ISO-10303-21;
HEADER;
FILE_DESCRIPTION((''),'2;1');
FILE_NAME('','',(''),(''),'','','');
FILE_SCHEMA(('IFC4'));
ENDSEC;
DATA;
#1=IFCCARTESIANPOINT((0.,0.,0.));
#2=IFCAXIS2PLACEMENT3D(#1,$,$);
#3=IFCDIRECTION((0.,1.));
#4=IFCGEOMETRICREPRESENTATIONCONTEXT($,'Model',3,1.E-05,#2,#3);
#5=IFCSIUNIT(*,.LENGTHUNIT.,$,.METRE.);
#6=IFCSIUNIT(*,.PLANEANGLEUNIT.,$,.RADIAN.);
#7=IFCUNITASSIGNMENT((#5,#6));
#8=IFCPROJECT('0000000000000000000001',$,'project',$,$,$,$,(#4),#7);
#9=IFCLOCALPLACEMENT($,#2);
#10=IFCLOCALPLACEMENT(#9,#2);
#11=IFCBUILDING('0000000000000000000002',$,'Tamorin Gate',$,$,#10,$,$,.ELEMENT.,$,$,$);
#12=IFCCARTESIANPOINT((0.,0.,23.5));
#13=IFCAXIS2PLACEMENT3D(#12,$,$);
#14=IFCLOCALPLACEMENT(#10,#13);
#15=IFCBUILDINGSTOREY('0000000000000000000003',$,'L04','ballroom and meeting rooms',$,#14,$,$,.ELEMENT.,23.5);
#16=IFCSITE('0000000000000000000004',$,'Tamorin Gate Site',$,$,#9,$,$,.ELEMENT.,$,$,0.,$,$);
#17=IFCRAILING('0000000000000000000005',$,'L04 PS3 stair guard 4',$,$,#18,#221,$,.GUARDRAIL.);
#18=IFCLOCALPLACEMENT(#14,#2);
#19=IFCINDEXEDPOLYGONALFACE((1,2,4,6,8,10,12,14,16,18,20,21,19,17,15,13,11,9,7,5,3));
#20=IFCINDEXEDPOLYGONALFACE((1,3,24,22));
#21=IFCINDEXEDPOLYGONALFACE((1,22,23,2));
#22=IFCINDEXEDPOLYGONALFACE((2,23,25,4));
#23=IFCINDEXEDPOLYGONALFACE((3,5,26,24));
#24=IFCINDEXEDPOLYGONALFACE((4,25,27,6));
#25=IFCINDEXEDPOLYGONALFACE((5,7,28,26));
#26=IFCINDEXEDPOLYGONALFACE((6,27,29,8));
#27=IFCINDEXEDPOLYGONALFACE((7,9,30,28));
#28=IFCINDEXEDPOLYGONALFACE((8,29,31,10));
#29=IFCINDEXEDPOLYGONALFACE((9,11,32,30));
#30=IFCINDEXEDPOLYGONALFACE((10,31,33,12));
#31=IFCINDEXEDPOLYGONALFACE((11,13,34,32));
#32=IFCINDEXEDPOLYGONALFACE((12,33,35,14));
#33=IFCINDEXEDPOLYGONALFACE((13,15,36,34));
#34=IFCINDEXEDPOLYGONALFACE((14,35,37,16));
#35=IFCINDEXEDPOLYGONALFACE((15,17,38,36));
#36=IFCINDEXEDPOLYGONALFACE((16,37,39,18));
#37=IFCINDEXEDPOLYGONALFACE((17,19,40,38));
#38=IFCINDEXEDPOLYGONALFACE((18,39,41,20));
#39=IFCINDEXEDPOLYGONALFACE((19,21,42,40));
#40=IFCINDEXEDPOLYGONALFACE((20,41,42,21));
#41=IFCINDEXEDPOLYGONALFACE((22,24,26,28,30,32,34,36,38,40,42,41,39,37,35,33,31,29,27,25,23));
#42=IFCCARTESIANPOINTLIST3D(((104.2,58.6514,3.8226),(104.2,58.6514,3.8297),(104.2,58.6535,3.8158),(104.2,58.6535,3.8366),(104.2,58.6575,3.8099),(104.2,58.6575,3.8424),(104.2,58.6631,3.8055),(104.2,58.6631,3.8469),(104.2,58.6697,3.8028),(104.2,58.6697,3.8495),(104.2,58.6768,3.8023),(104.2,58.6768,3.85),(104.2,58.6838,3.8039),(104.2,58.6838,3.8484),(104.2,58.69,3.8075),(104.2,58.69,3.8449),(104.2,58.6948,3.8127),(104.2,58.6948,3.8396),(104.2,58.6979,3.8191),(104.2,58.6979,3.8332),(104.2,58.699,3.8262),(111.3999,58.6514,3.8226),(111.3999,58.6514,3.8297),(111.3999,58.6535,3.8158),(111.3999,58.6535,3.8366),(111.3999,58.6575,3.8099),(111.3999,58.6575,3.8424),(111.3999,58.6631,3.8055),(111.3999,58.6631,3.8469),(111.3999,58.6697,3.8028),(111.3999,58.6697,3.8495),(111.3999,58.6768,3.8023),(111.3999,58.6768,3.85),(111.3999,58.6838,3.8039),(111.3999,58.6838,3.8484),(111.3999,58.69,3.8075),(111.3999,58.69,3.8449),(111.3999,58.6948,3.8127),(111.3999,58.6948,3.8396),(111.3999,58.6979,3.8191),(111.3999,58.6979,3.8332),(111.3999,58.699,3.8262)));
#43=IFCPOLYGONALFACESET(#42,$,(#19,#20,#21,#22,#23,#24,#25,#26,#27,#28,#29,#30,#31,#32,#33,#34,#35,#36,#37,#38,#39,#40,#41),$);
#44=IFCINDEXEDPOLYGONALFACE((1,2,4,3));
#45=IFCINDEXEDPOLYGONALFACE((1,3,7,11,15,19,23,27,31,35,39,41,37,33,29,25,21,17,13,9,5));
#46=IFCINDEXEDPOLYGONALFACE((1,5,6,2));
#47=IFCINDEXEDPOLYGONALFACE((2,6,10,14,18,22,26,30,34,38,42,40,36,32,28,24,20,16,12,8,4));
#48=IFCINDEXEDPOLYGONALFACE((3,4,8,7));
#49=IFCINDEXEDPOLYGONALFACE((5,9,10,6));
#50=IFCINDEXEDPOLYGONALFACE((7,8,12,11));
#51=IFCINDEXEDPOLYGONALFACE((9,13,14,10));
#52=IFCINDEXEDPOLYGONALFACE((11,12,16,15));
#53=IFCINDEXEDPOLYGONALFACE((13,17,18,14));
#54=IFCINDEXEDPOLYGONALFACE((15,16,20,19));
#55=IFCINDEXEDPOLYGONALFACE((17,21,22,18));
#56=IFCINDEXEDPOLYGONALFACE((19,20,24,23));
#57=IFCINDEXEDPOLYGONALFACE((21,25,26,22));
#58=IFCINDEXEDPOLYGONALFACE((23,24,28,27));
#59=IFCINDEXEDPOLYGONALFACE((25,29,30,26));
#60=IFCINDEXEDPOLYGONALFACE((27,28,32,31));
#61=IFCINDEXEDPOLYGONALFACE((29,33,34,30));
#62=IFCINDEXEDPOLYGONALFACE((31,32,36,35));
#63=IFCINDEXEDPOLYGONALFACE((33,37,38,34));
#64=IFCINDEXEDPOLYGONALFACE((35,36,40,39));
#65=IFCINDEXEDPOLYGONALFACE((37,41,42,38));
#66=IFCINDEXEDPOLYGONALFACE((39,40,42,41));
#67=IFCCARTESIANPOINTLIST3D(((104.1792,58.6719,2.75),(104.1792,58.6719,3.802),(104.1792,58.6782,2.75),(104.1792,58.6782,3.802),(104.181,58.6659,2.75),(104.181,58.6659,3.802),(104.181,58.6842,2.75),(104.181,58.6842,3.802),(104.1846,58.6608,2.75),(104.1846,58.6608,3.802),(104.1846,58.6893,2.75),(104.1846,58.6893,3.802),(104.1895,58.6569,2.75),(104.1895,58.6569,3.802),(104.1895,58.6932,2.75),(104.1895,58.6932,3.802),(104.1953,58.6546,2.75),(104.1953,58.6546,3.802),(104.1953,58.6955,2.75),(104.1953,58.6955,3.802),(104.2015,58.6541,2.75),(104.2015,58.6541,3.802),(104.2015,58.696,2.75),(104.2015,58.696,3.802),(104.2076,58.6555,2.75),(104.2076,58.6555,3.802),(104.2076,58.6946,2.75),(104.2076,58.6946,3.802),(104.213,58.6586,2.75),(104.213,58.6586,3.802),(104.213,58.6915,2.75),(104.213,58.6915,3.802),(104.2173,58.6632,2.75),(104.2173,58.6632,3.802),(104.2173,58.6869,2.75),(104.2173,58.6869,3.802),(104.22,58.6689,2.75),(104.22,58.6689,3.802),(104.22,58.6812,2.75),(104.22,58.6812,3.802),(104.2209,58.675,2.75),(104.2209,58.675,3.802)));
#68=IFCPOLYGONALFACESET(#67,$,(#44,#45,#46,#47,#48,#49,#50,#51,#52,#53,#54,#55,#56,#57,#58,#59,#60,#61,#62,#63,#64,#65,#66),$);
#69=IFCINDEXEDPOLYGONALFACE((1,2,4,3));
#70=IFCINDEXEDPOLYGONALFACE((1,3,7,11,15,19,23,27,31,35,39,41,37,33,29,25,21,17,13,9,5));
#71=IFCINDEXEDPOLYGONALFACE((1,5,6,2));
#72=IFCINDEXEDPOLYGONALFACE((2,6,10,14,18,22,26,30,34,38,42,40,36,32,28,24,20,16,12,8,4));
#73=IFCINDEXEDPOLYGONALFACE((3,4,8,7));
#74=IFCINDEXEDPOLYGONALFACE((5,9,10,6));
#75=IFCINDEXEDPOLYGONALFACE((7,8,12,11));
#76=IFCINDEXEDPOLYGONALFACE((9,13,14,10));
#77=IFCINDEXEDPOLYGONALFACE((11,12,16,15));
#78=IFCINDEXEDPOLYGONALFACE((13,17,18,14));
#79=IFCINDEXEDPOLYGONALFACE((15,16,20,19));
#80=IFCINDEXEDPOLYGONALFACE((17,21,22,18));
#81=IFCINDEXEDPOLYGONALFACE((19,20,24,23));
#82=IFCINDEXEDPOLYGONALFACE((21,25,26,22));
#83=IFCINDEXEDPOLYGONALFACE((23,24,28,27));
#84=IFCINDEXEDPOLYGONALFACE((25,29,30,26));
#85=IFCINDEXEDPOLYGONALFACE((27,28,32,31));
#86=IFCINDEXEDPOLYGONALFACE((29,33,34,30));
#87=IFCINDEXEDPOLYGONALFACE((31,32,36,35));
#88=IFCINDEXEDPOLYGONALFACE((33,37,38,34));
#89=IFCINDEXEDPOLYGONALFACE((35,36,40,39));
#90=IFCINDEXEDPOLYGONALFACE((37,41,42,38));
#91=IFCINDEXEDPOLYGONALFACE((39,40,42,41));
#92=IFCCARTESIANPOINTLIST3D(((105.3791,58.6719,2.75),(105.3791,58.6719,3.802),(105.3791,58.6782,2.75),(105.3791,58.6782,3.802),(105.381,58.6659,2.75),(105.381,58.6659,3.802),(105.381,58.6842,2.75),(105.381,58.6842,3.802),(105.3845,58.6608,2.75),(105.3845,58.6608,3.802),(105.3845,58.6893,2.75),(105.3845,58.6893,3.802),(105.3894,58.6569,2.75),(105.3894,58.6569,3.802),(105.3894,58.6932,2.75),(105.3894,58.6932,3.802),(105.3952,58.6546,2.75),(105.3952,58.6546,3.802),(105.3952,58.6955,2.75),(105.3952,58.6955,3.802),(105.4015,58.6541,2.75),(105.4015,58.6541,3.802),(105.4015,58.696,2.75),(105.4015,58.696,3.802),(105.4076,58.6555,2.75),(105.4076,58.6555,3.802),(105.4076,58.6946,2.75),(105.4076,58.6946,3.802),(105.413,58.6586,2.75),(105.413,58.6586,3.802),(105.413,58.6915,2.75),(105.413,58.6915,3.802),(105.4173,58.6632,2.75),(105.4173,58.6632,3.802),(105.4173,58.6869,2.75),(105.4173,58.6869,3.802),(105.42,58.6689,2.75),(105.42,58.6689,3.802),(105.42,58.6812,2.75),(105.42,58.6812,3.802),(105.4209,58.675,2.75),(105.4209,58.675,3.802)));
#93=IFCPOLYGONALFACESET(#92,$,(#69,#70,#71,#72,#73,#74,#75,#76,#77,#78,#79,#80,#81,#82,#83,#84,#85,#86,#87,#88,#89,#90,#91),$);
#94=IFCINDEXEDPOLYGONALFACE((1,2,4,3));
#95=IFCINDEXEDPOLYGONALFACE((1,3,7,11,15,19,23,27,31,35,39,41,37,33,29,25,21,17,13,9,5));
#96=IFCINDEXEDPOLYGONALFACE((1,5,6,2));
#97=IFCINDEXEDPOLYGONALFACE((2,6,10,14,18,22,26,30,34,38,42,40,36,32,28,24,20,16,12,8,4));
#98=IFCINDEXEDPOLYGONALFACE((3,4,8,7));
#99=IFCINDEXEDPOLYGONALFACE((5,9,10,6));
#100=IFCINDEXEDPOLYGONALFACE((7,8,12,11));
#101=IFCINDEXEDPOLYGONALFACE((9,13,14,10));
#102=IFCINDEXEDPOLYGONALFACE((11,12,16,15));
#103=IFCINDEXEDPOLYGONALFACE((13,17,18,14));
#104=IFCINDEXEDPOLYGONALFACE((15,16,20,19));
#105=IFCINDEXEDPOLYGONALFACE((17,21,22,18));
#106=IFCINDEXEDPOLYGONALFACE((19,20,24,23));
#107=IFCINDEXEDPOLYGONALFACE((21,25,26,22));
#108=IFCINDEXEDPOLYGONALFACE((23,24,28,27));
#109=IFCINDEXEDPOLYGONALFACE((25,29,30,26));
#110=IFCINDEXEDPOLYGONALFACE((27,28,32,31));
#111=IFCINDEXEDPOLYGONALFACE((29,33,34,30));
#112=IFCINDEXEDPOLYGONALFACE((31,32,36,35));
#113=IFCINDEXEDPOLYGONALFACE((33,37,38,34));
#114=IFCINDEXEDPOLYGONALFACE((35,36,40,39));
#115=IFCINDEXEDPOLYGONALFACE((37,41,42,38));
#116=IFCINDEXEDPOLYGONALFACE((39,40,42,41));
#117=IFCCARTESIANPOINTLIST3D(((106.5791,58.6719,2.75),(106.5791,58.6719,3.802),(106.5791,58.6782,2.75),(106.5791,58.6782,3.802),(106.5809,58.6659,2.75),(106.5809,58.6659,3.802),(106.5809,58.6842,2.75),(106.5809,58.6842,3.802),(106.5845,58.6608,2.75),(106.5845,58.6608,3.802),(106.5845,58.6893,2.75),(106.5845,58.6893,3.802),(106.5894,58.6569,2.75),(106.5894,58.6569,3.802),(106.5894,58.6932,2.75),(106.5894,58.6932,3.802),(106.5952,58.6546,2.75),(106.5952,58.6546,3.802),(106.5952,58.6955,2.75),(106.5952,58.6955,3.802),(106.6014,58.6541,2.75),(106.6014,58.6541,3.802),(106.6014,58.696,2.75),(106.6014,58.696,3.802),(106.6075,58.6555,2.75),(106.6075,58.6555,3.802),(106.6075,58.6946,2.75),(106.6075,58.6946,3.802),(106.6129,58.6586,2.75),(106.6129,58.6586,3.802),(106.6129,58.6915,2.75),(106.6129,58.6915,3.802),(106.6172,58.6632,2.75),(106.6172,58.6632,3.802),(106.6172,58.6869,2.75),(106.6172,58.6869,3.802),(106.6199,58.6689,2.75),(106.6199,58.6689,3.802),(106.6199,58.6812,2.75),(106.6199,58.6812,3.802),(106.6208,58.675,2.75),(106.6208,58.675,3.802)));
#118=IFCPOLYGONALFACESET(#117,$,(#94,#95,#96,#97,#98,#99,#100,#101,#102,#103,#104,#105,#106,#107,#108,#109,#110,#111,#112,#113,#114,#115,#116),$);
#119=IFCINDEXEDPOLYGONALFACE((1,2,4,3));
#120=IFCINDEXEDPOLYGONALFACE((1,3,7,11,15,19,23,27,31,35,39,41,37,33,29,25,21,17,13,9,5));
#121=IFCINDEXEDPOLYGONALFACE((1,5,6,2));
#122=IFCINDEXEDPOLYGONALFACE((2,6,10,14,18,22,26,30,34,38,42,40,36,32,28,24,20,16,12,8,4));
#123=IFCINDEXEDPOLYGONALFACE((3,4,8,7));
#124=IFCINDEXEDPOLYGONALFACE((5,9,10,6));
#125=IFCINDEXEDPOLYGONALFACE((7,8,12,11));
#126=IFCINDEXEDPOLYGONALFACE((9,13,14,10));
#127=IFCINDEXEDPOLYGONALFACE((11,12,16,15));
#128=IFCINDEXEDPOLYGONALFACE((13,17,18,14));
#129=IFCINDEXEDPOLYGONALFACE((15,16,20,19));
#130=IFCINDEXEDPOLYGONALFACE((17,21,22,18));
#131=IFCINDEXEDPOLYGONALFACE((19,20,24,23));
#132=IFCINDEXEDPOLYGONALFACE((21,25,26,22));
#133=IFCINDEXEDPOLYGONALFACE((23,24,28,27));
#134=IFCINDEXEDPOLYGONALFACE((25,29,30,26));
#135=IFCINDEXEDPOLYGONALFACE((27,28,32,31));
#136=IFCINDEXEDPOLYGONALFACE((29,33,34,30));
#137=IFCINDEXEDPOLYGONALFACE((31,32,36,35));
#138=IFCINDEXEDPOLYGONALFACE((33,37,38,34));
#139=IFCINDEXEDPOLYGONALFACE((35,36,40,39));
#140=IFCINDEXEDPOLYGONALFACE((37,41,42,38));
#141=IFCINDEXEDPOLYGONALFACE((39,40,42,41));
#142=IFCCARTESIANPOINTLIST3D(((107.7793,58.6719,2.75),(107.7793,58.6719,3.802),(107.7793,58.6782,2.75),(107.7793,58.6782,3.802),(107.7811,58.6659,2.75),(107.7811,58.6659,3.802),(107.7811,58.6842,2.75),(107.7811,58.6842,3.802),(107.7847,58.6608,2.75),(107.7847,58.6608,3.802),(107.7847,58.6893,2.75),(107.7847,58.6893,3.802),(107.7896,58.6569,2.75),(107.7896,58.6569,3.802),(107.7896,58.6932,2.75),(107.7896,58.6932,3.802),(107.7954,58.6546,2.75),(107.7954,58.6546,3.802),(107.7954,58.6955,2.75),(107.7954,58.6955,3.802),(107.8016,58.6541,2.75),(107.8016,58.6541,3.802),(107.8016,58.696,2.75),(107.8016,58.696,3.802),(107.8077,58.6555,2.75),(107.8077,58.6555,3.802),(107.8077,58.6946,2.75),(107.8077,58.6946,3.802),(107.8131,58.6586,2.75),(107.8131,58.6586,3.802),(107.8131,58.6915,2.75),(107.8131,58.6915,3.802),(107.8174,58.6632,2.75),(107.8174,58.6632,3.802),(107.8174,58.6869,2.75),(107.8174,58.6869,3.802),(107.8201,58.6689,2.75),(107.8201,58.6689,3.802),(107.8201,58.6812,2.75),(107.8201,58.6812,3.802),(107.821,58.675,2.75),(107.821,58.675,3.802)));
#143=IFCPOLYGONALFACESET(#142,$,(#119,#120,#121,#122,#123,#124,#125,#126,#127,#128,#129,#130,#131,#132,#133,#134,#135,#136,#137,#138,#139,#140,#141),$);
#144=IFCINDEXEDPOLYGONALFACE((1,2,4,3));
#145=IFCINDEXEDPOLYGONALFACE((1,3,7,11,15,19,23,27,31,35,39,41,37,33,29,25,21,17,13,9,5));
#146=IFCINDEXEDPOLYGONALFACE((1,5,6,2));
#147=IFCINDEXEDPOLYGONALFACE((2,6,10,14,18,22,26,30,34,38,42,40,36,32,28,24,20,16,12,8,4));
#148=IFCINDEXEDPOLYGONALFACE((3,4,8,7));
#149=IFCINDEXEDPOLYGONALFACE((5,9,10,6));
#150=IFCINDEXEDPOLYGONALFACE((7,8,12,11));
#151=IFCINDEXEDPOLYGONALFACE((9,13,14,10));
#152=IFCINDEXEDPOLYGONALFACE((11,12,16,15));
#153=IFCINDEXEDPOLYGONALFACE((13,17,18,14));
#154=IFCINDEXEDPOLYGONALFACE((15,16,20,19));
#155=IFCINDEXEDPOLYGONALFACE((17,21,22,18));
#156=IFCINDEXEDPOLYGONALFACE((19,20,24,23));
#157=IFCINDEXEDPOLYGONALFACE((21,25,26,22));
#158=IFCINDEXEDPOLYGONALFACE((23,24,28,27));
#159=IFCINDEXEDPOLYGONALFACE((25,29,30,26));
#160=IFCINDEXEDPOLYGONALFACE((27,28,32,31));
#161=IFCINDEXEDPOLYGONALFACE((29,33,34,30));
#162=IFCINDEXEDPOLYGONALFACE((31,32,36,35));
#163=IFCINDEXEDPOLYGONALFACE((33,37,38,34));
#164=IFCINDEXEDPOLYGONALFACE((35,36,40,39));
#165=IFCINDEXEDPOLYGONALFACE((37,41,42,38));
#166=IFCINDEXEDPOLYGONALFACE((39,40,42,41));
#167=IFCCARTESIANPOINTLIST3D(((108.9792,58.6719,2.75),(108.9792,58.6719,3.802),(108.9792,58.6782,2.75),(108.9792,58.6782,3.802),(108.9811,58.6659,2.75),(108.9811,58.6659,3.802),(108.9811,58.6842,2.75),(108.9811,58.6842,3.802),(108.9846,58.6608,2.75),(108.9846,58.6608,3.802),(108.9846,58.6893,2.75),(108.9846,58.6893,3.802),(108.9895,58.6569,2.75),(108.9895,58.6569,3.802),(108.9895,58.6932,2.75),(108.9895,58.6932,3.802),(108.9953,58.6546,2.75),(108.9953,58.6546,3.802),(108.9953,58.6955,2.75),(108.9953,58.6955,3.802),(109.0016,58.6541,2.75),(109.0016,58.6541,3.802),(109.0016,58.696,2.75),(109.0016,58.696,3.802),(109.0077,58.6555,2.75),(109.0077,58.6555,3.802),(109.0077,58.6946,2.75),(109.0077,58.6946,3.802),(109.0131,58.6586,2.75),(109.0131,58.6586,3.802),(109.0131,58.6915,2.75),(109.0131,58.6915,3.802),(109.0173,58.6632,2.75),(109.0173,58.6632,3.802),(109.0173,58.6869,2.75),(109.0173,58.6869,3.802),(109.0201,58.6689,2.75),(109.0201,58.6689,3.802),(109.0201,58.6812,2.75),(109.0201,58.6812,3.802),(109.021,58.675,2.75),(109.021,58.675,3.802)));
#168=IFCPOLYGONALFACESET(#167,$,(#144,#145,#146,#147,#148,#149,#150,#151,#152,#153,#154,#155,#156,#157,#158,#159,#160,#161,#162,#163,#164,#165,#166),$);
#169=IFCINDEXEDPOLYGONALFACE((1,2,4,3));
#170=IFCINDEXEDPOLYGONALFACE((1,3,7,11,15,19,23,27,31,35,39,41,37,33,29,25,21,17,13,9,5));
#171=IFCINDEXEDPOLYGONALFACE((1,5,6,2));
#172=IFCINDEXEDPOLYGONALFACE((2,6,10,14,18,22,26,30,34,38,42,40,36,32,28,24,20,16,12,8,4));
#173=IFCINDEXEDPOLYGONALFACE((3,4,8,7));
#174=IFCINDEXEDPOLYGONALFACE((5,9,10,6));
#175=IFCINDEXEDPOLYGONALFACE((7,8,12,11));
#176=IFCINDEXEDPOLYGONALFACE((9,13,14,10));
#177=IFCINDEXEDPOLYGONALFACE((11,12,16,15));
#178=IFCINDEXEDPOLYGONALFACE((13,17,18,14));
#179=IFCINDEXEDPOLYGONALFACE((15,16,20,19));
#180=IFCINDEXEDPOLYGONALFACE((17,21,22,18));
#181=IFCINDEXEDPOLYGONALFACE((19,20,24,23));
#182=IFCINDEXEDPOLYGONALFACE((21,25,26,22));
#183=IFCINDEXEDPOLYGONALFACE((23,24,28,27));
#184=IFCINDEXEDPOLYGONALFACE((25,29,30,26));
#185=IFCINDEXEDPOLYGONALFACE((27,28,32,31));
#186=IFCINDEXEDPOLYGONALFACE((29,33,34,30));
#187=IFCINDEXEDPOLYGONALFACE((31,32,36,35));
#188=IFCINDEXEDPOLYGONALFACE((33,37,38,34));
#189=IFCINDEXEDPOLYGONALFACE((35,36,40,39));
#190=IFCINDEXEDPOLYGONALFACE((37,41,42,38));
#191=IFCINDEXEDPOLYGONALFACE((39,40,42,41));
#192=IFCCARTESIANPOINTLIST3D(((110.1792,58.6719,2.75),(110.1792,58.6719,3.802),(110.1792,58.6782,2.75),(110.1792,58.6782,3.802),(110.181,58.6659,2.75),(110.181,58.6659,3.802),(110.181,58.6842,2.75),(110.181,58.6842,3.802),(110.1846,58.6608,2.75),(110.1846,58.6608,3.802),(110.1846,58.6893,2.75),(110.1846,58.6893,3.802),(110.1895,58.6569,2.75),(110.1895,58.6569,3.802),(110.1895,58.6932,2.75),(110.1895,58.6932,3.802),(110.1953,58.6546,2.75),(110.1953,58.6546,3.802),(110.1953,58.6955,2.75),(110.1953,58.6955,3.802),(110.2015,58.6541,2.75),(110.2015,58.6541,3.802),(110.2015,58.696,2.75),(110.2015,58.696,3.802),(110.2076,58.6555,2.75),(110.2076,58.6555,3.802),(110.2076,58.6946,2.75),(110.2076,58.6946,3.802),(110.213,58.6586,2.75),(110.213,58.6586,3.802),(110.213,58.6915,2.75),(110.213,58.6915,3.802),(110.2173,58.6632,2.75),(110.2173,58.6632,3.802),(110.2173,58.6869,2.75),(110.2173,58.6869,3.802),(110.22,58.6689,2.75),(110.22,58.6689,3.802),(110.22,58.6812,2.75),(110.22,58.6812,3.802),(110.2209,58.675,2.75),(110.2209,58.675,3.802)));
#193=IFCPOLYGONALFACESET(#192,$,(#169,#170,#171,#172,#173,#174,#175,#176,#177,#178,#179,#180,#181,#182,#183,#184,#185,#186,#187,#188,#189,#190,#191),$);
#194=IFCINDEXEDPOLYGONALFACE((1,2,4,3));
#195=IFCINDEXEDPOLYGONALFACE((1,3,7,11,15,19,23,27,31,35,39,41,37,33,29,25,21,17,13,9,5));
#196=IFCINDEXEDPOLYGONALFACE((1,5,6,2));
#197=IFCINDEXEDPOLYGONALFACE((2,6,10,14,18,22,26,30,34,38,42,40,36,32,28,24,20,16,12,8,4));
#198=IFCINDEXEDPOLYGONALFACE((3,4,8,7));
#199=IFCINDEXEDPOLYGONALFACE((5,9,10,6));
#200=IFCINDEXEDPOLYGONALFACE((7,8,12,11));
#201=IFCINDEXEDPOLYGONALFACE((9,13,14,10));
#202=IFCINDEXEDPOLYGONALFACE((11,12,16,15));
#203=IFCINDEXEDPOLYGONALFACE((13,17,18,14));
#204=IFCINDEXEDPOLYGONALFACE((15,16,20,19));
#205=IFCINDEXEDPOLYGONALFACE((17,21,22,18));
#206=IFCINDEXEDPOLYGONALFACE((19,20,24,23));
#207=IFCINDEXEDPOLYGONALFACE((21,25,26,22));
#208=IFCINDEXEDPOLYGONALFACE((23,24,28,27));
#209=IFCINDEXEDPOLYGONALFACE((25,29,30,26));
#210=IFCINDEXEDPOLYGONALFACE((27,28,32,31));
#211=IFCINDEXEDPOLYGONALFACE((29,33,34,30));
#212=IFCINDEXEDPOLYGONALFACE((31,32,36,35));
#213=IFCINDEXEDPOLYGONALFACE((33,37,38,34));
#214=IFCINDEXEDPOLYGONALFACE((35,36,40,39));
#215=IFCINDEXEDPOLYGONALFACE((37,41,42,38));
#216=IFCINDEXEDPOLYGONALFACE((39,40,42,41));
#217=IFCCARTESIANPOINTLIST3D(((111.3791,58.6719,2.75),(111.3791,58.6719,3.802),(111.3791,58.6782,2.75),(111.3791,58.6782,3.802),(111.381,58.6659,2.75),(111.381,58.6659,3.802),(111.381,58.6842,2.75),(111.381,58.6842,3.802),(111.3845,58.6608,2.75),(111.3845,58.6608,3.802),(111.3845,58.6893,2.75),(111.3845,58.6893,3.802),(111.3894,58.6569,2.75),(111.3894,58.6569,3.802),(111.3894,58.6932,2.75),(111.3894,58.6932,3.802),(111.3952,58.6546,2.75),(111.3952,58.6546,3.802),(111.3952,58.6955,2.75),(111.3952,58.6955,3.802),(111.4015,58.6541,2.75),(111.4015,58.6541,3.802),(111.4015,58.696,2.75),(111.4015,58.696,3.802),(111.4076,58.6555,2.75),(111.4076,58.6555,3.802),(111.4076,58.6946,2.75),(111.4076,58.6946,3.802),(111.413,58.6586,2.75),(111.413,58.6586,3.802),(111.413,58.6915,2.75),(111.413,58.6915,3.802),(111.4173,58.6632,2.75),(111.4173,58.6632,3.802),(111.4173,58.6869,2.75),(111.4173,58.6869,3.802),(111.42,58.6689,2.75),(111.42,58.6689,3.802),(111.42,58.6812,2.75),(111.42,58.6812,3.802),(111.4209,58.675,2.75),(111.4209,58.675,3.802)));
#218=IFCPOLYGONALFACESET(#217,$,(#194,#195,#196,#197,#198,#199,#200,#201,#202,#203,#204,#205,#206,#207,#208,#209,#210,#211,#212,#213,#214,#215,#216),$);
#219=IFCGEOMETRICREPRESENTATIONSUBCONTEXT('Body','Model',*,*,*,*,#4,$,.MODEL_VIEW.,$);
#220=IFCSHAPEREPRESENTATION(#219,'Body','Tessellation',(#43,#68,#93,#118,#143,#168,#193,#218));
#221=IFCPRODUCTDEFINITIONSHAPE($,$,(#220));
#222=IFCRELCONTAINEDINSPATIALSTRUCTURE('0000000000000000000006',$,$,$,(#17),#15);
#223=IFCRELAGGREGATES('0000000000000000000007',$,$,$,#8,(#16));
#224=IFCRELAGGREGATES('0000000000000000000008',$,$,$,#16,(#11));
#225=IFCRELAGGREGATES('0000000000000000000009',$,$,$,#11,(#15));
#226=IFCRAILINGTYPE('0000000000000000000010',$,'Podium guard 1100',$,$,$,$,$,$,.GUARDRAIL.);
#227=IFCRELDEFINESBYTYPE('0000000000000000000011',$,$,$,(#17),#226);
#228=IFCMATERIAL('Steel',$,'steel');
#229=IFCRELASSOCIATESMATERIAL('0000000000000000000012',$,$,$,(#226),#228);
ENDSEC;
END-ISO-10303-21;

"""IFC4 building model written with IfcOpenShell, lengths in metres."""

from ifc_helpers import new_model, si_unit, direction, frame, origin, origin_2d, place, context, subcontext, project, spatial, circle, extrude, material, type_object, element, save


model = new_model("IFC4")

# Units and contexts
model_context = context("Model", 3, precision=1e-05, world=origin(), true_north=direction((0.0, 1.0)))
body_context = subcontext(model_context, "Body", "Model", "MODEL_VIEW")
ifc_project = project(units=[si_unit("LENGTHUNIT", "METRE"), si_unit("PLANEANGLEUNIT", "RADIAN")], contexts=[model_context])

# Site, building, storey
site_placement = place(None, origin())
site = spatial("IfcSite", under=ifc_project, at=site_placement, Name="Tamorin Gate Site", CompositionType="ELEMENT", RefElevation=0.0)
building_placement = place(site_placement, origin())
building = spatial("IfcBuilding", under=site, at=building_placement, Name="Tamorin Gate", CompositionType="ELEMENT")
storey_placement = place(building_placement, frame((0.0, 0.0, 23.5)))
storey = spatial("IfcBuildingStorey", under=building, at=storey_placement, Name="L04", Description="ballroom and meeting rooms", CompositionType="ELEMENT", Elevation=23.5)

# Railing
ifc_material_1 = material(Name="Steel", Category="steel")
railing_type_1 = type_object("IfcRailingType", Name="Podium guard 1100", PredefinedType="GUARDRAIL", material=ifc_material_1)
for number, where, name in (
    (1, (104.2, 58.675, 2.75), "L04 PS3 stair guard 4"),
):
    element("IfcRailing", number, at=place(storey_placement, frame(where)), inside=storey, type_object=railing_type_1, Name=name, PredefinedType="GUARDRAIL", context=body_context, shape_type="SweptSolid", body=[
        extrude(circle(Radius=0.0239, at=origin_2d()), frame((0.0, 0.0, 1.0762), z_axis=(1.0, 0.0, 0.0), x_axis=(0.0, 1.0, 0.0)), (0.0, 0.0, 1.0), 7.2),
        extrude(circle(Radius=0.021, at=origin_2d()), origin(), (0.0, 0.0, 1.0), 1.052),
        extrude(circle(Radius=0.021, at=origin_2d()), frame((1.2, 0.0, 0.0)), (0.0, 0.0, 1.0), 1.052),
        extrude(circle(Radius=0.021, at=origin_2d()), frame((2.3999, 0.0, 0.0)), (0.0, 0.0, 1.0), 1.052),
        extrude(circle(Radius=0.021, at=origin_2d()), frame((3.6001, 0.0, 0.0)), (0.0, 0.0, 1.0), 1.052),
        extrude(circle(Radius=0.021, at=origin_2d()), frame((4.8, 0.0, 0.0)), (0.0, 0.0, 1.0), 1.052),
        extrude(circle(Radius=0.021, at=origin_2d()), frame((6.0, 0.0, 0.0)), (0.0, 0.0, 1.0), 1.052),
        extrude(circle(Radius=0.021, at=origin_2d()), frame((7.2, 0.0, 0.0)), (0.0, 0.0, 1.0), 1.052),
    ])

save(model, "model.ifc")
